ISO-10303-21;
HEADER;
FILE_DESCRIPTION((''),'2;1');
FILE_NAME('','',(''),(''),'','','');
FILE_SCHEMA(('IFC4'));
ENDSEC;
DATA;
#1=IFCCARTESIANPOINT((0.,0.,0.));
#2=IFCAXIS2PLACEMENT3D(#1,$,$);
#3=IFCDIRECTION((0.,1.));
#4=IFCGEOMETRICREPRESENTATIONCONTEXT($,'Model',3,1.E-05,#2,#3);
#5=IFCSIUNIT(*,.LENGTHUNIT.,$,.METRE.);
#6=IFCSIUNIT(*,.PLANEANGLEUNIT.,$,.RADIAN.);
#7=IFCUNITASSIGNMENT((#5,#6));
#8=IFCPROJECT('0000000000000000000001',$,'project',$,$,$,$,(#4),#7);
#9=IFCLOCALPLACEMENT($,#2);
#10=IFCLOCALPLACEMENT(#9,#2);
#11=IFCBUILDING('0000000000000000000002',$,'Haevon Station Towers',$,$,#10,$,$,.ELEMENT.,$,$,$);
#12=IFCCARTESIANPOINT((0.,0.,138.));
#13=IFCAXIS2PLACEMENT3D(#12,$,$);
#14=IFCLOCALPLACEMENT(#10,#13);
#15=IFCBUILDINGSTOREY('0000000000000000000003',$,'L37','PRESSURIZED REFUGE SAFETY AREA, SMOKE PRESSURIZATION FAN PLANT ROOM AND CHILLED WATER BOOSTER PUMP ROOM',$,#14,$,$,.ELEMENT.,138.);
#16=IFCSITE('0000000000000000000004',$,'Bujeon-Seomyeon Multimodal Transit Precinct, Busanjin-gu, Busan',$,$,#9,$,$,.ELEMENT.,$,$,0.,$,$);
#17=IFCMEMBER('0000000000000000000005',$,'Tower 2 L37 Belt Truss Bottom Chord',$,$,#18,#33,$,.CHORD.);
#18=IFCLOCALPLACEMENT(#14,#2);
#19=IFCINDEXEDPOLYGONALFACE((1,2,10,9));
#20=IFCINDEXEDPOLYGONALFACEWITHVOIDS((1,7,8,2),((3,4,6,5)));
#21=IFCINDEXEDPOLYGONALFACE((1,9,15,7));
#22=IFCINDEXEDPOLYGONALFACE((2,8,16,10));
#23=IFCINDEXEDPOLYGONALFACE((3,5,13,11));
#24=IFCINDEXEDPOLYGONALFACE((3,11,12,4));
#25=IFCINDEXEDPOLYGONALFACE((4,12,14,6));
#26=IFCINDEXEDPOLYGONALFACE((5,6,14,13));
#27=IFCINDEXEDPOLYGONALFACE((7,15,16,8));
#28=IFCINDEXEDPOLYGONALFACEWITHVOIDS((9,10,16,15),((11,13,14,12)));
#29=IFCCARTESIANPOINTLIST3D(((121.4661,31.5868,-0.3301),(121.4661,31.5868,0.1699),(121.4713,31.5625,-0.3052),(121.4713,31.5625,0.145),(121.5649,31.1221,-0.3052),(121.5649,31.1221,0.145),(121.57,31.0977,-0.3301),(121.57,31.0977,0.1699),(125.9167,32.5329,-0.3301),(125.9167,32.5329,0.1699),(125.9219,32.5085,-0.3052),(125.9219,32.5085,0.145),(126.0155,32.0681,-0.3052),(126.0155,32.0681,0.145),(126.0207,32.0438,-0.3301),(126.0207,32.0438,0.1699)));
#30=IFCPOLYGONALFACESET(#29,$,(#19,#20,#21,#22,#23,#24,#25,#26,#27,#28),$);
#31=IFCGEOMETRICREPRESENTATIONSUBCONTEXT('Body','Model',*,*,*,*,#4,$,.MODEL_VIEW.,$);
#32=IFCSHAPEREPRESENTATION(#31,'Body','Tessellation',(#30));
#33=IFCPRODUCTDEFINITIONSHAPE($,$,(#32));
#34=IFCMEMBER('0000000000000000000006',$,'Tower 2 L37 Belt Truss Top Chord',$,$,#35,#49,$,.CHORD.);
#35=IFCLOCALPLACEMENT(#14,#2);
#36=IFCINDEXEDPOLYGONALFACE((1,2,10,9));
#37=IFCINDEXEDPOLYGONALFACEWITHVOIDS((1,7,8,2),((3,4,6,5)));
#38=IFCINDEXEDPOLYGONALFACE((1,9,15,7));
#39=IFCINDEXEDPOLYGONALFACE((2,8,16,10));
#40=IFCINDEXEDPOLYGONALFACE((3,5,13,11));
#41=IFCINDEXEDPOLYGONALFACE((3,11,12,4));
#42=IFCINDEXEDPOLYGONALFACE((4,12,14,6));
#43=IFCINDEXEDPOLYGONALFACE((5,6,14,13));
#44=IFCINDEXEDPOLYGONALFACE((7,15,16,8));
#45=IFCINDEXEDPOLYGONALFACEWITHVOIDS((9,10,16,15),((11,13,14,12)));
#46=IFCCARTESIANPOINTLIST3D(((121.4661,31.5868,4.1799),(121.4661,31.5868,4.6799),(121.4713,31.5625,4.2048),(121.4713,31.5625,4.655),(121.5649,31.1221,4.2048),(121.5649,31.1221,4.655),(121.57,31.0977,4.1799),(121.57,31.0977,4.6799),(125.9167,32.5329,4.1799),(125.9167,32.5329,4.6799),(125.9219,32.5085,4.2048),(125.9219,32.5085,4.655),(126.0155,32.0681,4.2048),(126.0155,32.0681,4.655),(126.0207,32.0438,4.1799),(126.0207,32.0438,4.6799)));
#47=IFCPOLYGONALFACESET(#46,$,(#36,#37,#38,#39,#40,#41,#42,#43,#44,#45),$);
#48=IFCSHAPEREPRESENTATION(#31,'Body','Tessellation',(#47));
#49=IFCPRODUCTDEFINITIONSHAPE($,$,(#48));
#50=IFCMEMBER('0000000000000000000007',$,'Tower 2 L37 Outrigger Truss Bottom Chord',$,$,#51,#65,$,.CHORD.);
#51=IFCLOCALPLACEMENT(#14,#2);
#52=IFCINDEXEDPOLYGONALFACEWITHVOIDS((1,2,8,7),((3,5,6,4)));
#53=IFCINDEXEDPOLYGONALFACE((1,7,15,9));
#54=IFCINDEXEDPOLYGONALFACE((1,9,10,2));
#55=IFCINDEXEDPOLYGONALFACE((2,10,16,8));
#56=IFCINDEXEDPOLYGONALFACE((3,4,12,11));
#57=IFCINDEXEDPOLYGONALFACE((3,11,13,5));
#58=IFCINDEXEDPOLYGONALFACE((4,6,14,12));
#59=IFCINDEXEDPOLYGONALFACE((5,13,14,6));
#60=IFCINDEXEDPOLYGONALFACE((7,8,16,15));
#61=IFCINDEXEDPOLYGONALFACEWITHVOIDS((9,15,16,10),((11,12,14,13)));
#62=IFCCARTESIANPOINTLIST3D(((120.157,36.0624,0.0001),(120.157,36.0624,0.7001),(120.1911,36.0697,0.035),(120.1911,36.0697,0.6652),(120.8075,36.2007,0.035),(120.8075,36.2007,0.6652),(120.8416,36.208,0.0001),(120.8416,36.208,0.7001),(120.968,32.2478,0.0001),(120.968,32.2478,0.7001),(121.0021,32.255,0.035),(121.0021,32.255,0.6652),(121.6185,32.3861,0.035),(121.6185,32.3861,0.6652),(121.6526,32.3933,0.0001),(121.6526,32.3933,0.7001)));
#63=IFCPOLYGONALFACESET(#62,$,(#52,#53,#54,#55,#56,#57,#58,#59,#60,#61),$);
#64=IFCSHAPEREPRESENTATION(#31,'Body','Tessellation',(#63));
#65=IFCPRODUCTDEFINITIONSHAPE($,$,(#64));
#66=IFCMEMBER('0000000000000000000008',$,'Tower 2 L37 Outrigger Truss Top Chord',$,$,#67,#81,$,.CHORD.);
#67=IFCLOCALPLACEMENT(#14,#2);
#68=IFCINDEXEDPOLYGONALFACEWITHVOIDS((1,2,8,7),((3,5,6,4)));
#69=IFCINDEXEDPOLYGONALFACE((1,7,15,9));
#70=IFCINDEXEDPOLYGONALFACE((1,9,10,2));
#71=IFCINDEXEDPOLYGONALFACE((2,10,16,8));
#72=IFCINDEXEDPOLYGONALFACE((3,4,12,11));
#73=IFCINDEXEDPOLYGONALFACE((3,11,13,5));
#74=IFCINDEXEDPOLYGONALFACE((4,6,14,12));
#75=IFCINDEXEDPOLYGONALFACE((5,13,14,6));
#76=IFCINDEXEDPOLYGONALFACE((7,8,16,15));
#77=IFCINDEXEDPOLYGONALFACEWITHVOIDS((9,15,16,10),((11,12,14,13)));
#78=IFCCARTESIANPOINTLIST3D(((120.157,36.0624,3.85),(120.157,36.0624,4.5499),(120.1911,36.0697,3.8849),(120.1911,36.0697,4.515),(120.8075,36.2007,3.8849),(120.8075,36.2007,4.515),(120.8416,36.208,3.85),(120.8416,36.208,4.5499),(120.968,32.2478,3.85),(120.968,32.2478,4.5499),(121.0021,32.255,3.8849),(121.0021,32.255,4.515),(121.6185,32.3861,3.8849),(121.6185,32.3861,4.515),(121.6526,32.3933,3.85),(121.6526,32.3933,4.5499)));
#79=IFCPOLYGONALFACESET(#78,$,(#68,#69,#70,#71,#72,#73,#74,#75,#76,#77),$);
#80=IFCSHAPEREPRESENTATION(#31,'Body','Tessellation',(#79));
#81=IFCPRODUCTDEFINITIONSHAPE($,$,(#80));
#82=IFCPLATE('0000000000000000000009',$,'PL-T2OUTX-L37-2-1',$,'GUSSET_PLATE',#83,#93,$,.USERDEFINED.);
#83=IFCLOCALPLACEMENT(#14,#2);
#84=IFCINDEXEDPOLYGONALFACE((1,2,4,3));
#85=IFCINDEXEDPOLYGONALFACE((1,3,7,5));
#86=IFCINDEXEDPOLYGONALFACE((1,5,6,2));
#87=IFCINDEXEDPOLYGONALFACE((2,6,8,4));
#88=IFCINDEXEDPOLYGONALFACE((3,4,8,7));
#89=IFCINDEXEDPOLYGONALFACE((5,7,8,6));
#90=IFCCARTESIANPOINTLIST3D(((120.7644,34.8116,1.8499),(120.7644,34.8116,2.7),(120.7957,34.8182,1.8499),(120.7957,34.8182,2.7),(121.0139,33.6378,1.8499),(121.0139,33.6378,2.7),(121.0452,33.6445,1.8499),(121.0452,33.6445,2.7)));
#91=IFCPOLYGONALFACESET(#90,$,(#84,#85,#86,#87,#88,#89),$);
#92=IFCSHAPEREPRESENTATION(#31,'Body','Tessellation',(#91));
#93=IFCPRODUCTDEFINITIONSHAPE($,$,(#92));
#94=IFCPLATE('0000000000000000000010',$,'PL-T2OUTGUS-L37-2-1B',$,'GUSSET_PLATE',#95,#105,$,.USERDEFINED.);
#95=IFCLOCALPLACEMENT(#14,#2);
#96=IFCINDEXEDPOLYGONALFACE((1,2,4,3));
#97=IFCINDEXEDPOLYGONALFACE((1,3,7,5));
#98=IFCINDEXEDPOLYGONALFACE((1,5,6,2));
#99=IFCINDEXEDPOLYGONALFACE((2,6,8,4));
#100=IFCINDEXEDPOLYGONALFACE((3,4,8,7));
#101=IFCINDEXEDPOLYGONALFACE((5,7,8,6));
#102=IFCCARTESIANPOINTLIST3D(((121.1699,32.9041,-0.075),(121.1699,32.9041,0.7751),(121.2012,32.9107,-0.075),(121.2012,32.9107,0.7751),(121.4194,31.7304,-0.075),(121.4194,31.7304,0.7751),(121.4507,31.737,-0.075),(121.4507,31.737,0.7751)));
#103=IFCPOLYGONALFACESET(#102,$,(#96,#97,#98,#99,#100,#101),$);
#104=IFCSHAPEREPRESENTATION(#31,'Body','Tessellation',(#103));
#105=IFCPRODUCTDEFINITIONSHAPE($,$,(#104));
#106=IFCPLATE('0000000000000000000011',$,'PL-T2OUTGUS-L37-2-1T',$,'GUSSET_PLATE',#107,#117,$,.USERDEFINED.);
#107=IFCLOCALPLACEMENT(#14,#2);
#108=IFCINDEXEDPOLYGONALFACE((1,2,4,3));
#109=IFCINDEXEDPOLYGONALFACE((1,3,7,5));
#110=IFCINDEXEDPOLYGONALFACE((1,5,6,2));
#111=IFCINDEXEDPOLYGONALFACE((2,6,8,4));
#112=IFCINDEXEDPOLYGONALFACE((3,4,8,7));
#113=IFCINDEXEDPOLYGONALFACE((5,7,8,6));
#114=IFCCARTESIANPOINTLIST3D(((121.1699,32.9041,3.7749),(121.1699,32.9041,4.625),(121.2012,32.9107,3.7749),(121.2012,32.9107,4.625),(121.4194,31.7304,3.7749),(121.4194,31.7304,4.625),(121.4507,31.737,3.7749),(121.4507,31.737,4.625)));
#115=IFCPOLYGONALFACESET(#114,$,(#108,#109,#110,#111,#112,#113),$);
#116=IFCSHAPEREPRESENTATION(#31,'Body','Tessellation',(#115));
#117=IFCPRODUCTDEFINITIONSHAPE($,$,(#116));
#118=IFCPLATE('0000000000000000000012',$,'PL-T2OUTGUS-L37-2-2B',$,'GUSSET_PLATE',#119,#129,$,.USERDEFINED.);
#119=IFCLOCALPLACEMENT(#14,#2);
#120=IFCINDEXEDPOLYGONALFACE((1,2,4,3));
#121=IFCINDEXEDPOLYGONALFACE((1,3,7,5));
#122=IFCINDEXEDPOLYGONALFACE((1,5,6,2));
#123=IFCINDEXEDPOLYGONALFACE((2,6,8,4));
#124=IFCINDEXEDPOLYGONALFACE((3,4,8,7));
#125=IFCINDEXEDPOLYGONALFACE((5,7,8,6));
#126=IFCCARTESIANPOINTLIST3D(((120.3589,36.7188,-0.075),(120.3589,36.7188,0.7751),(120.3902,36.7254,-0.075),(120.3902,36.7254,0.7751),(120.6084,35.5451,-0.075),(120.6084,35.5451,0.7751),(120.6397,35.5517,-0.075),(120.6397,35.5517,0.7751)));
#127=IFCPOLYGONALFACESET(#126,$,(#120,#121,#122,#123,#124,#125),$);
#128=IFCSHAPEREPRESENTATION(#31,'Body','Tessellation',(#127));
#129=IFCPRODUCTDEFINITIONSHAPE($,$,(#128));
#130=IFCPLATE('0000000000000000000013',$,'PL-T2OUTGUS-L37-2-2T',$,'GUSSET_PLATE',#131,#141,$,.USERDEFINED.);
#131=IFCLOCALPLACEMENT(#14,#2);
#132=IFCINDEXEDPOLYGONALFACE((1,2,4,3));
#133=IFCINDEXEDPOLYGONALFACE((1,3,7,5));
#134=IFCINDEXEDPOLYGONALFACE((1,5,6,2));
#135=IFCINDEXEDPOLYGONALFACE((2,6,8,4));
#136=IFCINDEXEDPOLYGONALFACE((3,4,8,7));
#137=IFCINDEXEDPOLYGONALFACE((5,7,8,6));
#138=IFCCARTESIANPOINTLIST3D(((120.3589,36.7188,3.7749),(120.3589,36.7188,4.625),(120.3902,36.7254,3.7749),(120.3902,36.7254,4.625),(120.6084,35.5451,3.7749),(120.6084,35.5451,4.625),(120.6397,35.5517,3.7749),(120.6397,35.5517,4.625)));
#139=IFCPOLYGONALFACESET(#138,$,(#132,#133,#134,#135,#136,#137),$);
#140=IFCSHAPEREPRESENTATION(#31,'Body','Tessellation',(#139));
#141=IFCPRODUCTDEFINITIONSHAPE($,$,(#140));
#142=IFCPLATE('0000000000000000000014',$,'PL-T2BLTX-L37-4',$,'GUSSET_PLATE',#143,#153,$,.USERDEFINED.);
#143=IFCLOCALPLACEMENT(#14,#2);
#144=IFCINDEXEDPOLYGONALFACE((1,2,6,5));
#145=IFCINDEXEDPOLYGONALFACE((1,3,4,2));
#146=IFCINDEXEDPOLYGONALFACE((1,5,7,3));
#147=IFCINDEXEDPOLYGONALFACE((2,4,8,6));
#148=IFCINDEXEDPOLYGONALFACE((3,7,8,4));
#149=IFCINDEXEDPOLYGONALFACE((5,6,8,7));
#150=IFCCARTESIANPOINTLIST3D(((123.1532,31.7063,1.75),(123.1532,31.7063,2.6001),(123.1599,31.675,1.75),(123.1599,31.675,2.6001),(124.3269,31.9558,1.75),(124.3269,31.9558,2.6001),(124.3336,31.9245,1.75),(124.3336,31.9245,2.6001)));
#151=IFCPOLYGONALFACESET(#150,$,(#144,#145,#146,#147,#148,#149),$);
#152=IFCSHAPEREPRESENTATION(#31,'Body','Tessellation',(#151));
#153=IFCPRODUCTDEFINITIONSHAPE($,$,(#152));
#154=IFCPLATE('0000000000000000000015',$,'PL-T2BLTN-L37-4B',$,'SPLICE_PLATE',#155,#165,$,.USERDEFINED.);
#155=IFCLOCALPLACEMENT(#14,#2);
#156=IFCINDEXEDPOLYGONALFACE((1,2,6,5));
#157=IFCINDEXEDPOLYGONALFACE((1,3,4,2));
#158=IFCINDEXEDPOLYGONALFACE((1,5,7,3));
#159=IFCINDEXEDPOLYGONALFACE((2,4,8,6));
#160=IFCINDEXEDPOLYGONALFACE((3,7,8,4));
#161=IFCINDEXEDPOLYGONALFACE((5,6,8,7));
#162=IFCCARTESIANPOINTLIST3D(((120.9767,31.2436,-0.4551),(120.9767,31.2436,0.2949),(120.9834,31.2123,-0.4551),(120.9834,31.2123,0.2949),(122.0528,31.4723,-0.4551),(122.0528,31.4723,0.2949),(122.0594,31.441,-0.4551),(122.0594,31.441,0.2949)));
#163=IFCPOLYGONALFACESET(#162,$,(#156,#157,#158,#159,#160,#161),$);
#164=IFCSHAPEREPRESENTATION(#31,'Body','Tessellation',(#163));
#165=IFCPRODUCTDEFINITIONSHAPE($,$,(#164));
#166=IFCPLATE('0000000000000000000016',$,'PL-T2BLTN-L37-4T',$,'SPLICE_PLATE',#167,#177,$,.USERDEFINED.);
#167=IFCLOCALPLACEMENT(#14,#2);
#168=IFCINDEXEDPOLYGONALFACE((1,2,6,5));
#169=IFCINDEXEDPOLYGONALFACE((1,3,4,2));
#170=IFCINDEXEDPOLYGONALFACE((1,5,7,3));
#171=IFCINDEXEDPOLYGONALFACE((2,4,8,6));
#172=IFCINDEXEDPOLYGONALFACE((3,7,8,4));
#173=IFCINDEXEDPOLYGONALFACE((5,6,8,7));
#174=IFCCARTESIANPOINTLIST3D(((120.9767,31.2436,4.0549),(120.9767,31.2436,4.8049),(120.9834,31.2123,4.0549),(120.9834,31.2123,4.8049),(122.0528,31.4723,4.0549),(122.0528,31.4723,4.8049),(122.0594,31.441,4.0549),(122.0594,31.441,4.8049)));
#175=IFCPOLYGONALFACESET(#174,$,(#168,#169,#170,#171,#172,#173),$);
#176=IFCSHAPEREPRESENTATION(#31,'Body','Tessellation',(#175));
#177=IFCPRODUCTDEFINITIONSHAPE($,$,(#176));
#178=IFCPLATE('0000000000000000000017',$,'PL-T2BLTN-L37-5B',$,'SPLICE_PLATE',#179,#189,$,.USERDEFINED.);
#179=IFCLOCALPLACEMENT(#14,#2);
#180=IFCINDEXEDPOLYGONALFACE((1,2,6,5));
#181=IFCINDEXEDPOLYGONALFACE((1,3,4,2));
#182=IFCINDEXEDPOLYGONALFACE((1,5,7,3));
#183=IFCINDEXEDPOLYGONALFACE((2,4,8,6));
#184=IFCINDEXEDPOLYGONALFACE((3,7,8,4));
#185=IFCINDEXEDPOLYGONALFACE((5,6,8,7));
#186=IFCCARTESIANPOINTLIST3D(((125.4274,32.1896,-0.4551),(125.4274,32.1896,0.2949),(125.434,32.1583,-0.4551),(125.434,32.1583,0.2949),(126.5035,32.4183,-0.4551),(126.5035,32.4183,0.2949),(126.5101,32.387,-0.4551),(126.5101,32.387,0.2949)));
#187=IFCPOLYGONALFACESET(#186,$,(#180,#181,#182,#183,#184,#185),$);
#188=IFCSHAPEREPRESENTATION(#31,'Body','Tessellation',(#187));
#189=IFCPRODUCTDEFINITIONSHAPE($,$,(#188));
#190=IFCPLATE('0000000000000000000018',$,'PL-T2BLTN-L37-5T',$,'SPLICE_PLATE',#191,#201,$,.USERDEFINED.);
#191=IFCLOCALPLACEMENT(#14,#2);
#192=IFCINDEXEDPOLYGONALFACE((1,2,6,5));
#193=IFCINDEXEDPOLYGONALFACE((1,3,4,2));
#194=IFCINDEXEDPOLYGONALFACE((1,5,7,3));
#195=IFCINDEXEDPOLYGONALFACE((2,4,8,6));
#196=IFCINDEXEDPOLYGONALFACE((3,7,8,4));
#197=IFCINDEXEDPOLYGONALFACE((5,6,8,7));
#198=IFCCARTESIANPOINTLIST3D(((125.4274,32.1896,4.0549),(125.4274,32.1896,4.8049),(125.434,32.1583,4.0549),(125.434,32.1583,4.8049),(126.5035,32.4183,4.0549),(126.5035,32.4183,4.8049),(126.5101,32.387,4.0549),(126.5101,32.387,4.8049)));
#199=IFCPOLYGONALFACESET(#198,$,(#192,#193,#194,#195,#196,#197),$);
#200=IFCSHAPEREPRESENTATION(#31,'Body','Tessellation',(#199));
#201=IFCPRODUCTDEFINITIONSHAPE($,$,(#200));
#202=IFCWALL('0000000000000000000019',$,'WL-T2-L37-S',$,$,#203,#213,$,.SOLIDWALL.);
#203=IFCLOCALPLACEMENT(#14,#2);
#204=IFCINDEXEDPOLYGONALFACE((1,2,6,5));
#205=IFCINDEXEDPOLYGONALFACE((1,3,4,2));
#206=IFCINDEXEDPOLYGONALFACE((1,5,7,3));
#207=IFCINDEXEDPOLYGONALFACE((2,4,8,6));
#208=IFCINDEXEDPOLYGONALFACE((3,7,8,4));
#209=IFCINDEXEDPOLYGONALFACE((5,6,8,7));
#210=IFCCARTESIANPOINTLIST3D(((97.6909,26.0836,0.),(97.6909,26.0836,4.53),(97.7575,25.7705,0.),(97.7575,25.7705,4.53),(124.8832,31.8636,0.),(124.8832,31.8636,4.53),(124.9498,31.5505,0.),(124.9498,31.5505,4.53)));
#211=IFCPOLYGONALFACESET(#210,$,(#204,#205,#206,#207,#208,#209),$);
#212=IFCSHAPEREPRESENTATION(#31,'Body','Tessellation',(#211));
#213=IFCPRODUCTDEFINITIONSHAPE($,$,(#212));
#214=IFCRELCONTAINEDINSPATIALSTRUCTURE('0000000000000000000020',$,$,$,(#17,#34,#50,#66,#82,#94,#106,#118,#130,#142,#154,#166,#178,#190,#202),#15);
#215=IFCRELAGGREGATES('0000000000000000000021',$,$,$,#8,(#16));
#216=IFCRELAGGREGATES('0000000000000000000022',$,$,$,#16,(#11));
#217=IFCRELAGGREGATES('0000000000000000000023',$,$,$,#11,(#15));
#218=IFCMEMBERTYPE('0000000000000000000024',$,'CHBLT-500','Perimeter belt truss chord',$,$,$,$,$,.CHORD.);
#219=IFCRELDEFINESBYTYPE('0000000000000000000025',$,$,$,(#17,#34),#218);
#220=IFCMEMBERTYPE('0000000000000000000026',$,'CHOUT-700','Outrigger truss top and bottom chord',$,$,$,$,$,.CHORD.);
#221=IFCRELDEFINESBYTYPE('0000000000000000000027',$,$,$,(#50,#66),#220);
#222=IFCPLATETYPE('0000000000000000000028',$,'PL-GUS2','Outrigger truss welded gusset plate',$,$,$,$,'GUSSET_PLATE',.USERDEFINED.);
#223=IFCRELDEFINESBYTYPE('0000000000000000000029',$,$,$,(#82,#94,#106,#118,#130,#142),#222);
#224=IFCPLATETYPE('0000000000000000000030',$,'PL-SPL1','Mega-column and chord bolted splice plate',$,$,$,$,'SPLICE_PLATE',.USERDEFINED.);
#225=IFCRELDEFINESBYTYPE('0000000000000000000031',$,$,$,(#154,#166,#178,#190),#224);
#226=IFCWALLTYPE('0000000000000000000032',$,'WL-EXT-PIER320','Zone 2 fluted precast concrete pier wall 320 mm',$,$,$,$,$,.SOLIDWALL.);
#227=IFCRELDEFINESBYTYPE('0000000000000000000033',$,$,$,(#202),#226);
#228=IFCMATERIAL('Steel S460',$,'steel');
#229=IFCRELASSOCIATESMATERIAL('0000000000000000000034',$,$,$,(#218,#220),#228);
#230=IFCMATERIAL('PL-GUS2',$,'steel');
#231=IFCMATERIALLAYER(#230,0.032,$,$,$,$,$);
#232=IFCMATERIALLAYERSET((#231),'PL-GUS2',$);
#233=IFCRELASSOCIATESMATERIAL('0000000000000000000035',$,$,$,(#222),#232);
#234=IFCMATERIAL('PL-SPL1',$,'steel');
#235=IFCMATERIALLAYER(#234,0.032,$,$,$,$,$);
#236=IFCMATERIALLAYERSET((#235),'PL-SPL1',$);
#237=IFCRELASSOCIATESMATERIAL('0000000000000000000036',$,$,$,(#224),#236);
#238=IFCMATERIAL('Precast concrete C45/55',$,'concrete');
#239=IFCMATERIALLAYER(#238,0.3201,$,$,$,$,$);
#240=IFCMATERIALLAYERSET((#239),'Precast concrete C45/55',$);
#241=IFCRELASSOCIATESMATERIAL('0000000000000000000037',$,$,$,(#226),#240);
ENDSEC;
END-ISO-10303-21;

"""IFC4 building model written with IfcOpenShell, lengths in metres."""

from ifc_helpers import new_model, si_unit, direction, frame, frame_2d, origin, origin_2d, place, context, subcontext, project, spatial, rectangle, hollow_rectangle, extrude, material, layer, layer_set, material_profile, profile_set, type_object, element, save


model = new_model("IFC4")

# Units and contexts
model_context = context("Model", 3, precision=1e-05, world=origin(), true_north=direction((0.0, 1.0)))
body_context = subcontext(model_context, "Body", "Model", "MODEL_VIEW")
ifc_project = project(units=[si_unit("LENGTHUNIT", "METRE"), si_unit("PLANEANGLEUNIT", "RADIAN")], contexts=[model_context])

# Site, building, storey
site_placement = place(None, origin())
site = spatial("IfcSite", under=ifc_project, at=site_placement, Name="Bujeon-Seomyeon Multimodal Transit Precinct, Busanjin-gu, Busan", CompositionType="ELEMENT", RefElevation=0.0)
building_placement = place(site_placement, origin())
building = spatial("IfcBuilding", under=site, at=building_placement, Name="Haevon Station Towers", CompositionType="ELEMENT")
storey_placement = place(building_placement, frame((0.0, 0.0, 138.0)))
storey = spatial("IfcBuildingStorey", under=building, at=storey_placement, Name="L37", Description="PRESSURIZED REFUGE SAFETY AREA, SMOKE PRESSURIZATION FAN PLANT ROOM AND CHILLED WATER BOOSTER PUMP ROOM", CompositionType="ELEMENT", Elevation=138.0)

# Shared definitions
ifc_material_1 = material(Name="Steel S460", Category="steel")

# Members
ifc_material_profile_1 = material_profile(ifc_material_1, hollow_rectangle(XDim=0.5, YDim=0.5, WallThickness=0.0249, at=origin_2d()), Name="RHS-500x500x25")
ifc_profile_set_1 = profile_set([ifc_material_profile_1], Name="Steel S460")
member_type_1 = type_object("IfcMemberType", Name="CHBLT-500", Description="Perimeter belt truss chord", PredefinedType="CHORD", material=ifc_profile_set_1)
for number, where, z_axis, x_axis, name in (
    (1, (121.5181, 31.3423, -0.0801), (0.978147, 0.207917, 0.0), (-0.207917, 0.978147, 0.0), "Tower 2 L37 Belt Truss Bottom Chord"),
    (2, (121.5181, 31.3423, 4.4299), (0.978147, 0.207917, 0.0), (-0.207917, 0.978147, 0.0), "Tower 2 L37 Belt Truss Top Chord"),
):
    element("IfcMember", number, at=place(storey_placement, frame(where, z_axis=z_axis, x_axis=x_axis)), inside=storey, type_object=member_type_1, Name=name, PredefinedType="CHORD", context=body_context, shape_type="SweptSolid", body=[
        extrude(hollow_rectangle(XDim=0.5, YDim=0.5, WallThickness=0.0249, at=origin_2d()), origin(), (0.0, 0.0, 1.0), 4.55),
    ])
ifc_material_profile_2 = material_profile(ifc_material_1, hollow_rectangle(XDim=0.7, YDim=0.7, WallThickness=0.0349, at=origin_2d()), Name="RHS-700x700x35")
ifc_profile_set_2 = profile_set([ifc_material_profile_2], Name="Steel S460")
member_type_2 = type_object("IfcMemberType", Name="CHOUT-700", Description="Outrigger truss top and bottom chord", PredefinedType="CHORD", material=ifc_profile_set_2)
for number, where, z_axis, x_axis, name in (
    (3, (121.3103, 32.3206, 0.3501), (-0.20796, 0.978137, 0.0), (-0.978137, -0.20796, 0.0), "Tower 2 L37 Outrigger Truss Bottom Chord"),
    (4, (121.3103, 32.3206, 4.2), (-0.20796, 0.978137, 0.0), (-0.978137, -0.20796, 0.0), "Tower 2 L37 Outrigger Truss Top Chord"),
):
    element("IfcMember", number, at=place(storey_placement, frame(where, z_axis=z_axis, x_axis=x_axis)), inside=storey, type_object=member_type_2, Name=name, PredefinedType="CHORD", context=body_context, shape_type="SweptSolid", body=[
        extrude(hollow_rectangle(XDim=0.7, YDim=0.7, WallThickness=0.0349, at=origin_2d()), origin(), (0.0, 0.0, 1.0), 3.8999),
    ])

# Plates
ifc_material_2 = material(Name="PL-GUS2", Category="steel")
ifc_layer_1 = layer(ifc_material_2, 0.032)
ifc_layer_set_1 = layer_set([ifc_layer_1], Name="PL-GUS2")
plate_type_1 = type_object("IfcPlateType", Name="PL-GUS2", Description="Outrigger truss welded gusset plate", ElementType="GUSSET_PLATE", PredefinedType="USERDEFINED", material=ifc_layer_set_1)
for number, where, z_axis, x_axis, name in (
    (5, (120.9048, 34.228, 1.8499), (0.0, 0.0, 1.0), (-0.207912, 0.978148, 0.0), "PL-T2OUTX-L37-2-1"),
    (6, (121.3103, 32.3206, -0.075), (0.0, 0.0, 1.0), (-0.207912, 0.978148, 0.0), "PL-T2OUTGUS-L37-2-1B"),
    (7, (121.3103, 32.3206, 3.7749), (0.0, 0.0, 1.0), (-0.207912, 0.978148, 0.0), "PL-T2OUTGUS-L37-2-1T"),
    (8, (120.4993, 36.1353, -0.075), (0.0, 0.0, 1.0), (-0.207912, 0.978148, 0.0), "PL-T2OUTGUS-L37-2-2B"),
    (9, (120.4993, 36.1353, 3.7749), (0.0, 0.0, 1.0), (-0.207912, 0.978148, 0.0), "PL-T2OUTGUS-L37-2-2T"),
    (10, (123.7434, 31.8154, 1.75), (0.0, 0.0, 1.0), (0.978148, 0.207912, 0.0), "PL-T2BLTX-L37-4"),
):
    element("IfcPlate", number, at=place(storey_placement, frame(where, z_axis=z_axis, x_axis=x_axis)), inside=storey, type_object=plate_type_1, Name=name, ObjectType="GUSSET_PLATE", PredefinedType="USERDEFINED", context=body_context, shape_type="SweptSolid", body=[
        extrude(rectangle(XDim=1.2, YDim=0.032, at=origin_2d()), origin(), (0.0, 0.0, 1.0), 0.8501),
    ])
ifc_material_3 = material(Name="PL-SPL1", Category="steel")
ifc_layer_2 = layer(ifc_material_3, 0.032)
ifc_layer_set_2 = layer_set([ifc_layer_2], Name="PL-SPL1")
plate_type_2 = type_object("IfcPlateType", Name="PL-SPL1", Description="Mega-column and chord bolted splice plate", ElementType="SPLICE_PLATE", PredefinedType="USERDEFINED", material=ifc_layer_set_2)
for number, where, z_axis, x_axis, name in (
    (11, (121.5181, 31.3423, -0.4551), (0.0, 0.0, 1.0), (0.978148, 0.207912, 0.0), "PL-T2BLTN-L37-4B"),
    (12, (121.5181, 31.3423, 4.0549), (0.0, 0.0, 1.0), (0.978148, 0.207912, 0.0), "PL-T2BLTN-L37-4T"),
    (13, (125.9688, 32.2883, -0.4551), (0.0, 0.0, 1.0), (0.978148, 0.207912, 0.0), "PL-T2BLTN-L37-5B"),
    (14, (125.9688, 32.2883, 4.0549), (0.0, 0.0, 1.0), (0.978148, 0.207912, 0.0), "PL-T2BLTN-L37-5T"),
):
    element("IfcPlate", number, at=place(storey_placement, frame(where, z_axis=z_axis, x_axis=x_axis)), inside=storey, type_object=plate_type_2, Name=name, ObjectType="SPLICE_PLATE", PredefinedType="USERDEFINED", context=body_context, shape_type="SweptSolid", body=[
        extrude(rectangle(XDim=1.1001, YDim=0.032, at=origin_2d()), origin(), (0.0, 0.0, 1.0), 0.75),
    ])

# Wall
ifc_material_4 = material(Name="Precast concrete C45/55", Category="concrete")
ifc_layer_3 = layer(ifc_material_4, 0.3201)
ifc_layer_set_3 = layer_set([ifc_layer_3], Name="Precast concrete C45/55")
wall_type = type_object("IfcWallType", Name="WL-EXT-PIER320", Description="Zone 2 fluted precast concrete pier wall 320 mm", PredefinedType="SOLIDWALL", material=ifc_layer_set_3)
wall_1_placement = place(storey_placement, frame((124.9165, 31.707, 0.0), z_axis=(0.0, 0.0, 1.0), x_axis=(-0.978147, -0.207915, 0.0)))
element("IfcWall", 15, at=wall_1_placement, inside=storey, type_object=wall_type, Name="WL-T2-L37-S", PredefinedType="SOLIDWALL", context=body_context, shape_type="SweptSolid", body=[
    extrude(rectangle(XDim=27.7998, YDim=0.3201, at=frame_2d((13.8999, 0.0))), origin(), (0.0, 0.0, 1.0), 4.53),
])

save(model, "model.ifc")
